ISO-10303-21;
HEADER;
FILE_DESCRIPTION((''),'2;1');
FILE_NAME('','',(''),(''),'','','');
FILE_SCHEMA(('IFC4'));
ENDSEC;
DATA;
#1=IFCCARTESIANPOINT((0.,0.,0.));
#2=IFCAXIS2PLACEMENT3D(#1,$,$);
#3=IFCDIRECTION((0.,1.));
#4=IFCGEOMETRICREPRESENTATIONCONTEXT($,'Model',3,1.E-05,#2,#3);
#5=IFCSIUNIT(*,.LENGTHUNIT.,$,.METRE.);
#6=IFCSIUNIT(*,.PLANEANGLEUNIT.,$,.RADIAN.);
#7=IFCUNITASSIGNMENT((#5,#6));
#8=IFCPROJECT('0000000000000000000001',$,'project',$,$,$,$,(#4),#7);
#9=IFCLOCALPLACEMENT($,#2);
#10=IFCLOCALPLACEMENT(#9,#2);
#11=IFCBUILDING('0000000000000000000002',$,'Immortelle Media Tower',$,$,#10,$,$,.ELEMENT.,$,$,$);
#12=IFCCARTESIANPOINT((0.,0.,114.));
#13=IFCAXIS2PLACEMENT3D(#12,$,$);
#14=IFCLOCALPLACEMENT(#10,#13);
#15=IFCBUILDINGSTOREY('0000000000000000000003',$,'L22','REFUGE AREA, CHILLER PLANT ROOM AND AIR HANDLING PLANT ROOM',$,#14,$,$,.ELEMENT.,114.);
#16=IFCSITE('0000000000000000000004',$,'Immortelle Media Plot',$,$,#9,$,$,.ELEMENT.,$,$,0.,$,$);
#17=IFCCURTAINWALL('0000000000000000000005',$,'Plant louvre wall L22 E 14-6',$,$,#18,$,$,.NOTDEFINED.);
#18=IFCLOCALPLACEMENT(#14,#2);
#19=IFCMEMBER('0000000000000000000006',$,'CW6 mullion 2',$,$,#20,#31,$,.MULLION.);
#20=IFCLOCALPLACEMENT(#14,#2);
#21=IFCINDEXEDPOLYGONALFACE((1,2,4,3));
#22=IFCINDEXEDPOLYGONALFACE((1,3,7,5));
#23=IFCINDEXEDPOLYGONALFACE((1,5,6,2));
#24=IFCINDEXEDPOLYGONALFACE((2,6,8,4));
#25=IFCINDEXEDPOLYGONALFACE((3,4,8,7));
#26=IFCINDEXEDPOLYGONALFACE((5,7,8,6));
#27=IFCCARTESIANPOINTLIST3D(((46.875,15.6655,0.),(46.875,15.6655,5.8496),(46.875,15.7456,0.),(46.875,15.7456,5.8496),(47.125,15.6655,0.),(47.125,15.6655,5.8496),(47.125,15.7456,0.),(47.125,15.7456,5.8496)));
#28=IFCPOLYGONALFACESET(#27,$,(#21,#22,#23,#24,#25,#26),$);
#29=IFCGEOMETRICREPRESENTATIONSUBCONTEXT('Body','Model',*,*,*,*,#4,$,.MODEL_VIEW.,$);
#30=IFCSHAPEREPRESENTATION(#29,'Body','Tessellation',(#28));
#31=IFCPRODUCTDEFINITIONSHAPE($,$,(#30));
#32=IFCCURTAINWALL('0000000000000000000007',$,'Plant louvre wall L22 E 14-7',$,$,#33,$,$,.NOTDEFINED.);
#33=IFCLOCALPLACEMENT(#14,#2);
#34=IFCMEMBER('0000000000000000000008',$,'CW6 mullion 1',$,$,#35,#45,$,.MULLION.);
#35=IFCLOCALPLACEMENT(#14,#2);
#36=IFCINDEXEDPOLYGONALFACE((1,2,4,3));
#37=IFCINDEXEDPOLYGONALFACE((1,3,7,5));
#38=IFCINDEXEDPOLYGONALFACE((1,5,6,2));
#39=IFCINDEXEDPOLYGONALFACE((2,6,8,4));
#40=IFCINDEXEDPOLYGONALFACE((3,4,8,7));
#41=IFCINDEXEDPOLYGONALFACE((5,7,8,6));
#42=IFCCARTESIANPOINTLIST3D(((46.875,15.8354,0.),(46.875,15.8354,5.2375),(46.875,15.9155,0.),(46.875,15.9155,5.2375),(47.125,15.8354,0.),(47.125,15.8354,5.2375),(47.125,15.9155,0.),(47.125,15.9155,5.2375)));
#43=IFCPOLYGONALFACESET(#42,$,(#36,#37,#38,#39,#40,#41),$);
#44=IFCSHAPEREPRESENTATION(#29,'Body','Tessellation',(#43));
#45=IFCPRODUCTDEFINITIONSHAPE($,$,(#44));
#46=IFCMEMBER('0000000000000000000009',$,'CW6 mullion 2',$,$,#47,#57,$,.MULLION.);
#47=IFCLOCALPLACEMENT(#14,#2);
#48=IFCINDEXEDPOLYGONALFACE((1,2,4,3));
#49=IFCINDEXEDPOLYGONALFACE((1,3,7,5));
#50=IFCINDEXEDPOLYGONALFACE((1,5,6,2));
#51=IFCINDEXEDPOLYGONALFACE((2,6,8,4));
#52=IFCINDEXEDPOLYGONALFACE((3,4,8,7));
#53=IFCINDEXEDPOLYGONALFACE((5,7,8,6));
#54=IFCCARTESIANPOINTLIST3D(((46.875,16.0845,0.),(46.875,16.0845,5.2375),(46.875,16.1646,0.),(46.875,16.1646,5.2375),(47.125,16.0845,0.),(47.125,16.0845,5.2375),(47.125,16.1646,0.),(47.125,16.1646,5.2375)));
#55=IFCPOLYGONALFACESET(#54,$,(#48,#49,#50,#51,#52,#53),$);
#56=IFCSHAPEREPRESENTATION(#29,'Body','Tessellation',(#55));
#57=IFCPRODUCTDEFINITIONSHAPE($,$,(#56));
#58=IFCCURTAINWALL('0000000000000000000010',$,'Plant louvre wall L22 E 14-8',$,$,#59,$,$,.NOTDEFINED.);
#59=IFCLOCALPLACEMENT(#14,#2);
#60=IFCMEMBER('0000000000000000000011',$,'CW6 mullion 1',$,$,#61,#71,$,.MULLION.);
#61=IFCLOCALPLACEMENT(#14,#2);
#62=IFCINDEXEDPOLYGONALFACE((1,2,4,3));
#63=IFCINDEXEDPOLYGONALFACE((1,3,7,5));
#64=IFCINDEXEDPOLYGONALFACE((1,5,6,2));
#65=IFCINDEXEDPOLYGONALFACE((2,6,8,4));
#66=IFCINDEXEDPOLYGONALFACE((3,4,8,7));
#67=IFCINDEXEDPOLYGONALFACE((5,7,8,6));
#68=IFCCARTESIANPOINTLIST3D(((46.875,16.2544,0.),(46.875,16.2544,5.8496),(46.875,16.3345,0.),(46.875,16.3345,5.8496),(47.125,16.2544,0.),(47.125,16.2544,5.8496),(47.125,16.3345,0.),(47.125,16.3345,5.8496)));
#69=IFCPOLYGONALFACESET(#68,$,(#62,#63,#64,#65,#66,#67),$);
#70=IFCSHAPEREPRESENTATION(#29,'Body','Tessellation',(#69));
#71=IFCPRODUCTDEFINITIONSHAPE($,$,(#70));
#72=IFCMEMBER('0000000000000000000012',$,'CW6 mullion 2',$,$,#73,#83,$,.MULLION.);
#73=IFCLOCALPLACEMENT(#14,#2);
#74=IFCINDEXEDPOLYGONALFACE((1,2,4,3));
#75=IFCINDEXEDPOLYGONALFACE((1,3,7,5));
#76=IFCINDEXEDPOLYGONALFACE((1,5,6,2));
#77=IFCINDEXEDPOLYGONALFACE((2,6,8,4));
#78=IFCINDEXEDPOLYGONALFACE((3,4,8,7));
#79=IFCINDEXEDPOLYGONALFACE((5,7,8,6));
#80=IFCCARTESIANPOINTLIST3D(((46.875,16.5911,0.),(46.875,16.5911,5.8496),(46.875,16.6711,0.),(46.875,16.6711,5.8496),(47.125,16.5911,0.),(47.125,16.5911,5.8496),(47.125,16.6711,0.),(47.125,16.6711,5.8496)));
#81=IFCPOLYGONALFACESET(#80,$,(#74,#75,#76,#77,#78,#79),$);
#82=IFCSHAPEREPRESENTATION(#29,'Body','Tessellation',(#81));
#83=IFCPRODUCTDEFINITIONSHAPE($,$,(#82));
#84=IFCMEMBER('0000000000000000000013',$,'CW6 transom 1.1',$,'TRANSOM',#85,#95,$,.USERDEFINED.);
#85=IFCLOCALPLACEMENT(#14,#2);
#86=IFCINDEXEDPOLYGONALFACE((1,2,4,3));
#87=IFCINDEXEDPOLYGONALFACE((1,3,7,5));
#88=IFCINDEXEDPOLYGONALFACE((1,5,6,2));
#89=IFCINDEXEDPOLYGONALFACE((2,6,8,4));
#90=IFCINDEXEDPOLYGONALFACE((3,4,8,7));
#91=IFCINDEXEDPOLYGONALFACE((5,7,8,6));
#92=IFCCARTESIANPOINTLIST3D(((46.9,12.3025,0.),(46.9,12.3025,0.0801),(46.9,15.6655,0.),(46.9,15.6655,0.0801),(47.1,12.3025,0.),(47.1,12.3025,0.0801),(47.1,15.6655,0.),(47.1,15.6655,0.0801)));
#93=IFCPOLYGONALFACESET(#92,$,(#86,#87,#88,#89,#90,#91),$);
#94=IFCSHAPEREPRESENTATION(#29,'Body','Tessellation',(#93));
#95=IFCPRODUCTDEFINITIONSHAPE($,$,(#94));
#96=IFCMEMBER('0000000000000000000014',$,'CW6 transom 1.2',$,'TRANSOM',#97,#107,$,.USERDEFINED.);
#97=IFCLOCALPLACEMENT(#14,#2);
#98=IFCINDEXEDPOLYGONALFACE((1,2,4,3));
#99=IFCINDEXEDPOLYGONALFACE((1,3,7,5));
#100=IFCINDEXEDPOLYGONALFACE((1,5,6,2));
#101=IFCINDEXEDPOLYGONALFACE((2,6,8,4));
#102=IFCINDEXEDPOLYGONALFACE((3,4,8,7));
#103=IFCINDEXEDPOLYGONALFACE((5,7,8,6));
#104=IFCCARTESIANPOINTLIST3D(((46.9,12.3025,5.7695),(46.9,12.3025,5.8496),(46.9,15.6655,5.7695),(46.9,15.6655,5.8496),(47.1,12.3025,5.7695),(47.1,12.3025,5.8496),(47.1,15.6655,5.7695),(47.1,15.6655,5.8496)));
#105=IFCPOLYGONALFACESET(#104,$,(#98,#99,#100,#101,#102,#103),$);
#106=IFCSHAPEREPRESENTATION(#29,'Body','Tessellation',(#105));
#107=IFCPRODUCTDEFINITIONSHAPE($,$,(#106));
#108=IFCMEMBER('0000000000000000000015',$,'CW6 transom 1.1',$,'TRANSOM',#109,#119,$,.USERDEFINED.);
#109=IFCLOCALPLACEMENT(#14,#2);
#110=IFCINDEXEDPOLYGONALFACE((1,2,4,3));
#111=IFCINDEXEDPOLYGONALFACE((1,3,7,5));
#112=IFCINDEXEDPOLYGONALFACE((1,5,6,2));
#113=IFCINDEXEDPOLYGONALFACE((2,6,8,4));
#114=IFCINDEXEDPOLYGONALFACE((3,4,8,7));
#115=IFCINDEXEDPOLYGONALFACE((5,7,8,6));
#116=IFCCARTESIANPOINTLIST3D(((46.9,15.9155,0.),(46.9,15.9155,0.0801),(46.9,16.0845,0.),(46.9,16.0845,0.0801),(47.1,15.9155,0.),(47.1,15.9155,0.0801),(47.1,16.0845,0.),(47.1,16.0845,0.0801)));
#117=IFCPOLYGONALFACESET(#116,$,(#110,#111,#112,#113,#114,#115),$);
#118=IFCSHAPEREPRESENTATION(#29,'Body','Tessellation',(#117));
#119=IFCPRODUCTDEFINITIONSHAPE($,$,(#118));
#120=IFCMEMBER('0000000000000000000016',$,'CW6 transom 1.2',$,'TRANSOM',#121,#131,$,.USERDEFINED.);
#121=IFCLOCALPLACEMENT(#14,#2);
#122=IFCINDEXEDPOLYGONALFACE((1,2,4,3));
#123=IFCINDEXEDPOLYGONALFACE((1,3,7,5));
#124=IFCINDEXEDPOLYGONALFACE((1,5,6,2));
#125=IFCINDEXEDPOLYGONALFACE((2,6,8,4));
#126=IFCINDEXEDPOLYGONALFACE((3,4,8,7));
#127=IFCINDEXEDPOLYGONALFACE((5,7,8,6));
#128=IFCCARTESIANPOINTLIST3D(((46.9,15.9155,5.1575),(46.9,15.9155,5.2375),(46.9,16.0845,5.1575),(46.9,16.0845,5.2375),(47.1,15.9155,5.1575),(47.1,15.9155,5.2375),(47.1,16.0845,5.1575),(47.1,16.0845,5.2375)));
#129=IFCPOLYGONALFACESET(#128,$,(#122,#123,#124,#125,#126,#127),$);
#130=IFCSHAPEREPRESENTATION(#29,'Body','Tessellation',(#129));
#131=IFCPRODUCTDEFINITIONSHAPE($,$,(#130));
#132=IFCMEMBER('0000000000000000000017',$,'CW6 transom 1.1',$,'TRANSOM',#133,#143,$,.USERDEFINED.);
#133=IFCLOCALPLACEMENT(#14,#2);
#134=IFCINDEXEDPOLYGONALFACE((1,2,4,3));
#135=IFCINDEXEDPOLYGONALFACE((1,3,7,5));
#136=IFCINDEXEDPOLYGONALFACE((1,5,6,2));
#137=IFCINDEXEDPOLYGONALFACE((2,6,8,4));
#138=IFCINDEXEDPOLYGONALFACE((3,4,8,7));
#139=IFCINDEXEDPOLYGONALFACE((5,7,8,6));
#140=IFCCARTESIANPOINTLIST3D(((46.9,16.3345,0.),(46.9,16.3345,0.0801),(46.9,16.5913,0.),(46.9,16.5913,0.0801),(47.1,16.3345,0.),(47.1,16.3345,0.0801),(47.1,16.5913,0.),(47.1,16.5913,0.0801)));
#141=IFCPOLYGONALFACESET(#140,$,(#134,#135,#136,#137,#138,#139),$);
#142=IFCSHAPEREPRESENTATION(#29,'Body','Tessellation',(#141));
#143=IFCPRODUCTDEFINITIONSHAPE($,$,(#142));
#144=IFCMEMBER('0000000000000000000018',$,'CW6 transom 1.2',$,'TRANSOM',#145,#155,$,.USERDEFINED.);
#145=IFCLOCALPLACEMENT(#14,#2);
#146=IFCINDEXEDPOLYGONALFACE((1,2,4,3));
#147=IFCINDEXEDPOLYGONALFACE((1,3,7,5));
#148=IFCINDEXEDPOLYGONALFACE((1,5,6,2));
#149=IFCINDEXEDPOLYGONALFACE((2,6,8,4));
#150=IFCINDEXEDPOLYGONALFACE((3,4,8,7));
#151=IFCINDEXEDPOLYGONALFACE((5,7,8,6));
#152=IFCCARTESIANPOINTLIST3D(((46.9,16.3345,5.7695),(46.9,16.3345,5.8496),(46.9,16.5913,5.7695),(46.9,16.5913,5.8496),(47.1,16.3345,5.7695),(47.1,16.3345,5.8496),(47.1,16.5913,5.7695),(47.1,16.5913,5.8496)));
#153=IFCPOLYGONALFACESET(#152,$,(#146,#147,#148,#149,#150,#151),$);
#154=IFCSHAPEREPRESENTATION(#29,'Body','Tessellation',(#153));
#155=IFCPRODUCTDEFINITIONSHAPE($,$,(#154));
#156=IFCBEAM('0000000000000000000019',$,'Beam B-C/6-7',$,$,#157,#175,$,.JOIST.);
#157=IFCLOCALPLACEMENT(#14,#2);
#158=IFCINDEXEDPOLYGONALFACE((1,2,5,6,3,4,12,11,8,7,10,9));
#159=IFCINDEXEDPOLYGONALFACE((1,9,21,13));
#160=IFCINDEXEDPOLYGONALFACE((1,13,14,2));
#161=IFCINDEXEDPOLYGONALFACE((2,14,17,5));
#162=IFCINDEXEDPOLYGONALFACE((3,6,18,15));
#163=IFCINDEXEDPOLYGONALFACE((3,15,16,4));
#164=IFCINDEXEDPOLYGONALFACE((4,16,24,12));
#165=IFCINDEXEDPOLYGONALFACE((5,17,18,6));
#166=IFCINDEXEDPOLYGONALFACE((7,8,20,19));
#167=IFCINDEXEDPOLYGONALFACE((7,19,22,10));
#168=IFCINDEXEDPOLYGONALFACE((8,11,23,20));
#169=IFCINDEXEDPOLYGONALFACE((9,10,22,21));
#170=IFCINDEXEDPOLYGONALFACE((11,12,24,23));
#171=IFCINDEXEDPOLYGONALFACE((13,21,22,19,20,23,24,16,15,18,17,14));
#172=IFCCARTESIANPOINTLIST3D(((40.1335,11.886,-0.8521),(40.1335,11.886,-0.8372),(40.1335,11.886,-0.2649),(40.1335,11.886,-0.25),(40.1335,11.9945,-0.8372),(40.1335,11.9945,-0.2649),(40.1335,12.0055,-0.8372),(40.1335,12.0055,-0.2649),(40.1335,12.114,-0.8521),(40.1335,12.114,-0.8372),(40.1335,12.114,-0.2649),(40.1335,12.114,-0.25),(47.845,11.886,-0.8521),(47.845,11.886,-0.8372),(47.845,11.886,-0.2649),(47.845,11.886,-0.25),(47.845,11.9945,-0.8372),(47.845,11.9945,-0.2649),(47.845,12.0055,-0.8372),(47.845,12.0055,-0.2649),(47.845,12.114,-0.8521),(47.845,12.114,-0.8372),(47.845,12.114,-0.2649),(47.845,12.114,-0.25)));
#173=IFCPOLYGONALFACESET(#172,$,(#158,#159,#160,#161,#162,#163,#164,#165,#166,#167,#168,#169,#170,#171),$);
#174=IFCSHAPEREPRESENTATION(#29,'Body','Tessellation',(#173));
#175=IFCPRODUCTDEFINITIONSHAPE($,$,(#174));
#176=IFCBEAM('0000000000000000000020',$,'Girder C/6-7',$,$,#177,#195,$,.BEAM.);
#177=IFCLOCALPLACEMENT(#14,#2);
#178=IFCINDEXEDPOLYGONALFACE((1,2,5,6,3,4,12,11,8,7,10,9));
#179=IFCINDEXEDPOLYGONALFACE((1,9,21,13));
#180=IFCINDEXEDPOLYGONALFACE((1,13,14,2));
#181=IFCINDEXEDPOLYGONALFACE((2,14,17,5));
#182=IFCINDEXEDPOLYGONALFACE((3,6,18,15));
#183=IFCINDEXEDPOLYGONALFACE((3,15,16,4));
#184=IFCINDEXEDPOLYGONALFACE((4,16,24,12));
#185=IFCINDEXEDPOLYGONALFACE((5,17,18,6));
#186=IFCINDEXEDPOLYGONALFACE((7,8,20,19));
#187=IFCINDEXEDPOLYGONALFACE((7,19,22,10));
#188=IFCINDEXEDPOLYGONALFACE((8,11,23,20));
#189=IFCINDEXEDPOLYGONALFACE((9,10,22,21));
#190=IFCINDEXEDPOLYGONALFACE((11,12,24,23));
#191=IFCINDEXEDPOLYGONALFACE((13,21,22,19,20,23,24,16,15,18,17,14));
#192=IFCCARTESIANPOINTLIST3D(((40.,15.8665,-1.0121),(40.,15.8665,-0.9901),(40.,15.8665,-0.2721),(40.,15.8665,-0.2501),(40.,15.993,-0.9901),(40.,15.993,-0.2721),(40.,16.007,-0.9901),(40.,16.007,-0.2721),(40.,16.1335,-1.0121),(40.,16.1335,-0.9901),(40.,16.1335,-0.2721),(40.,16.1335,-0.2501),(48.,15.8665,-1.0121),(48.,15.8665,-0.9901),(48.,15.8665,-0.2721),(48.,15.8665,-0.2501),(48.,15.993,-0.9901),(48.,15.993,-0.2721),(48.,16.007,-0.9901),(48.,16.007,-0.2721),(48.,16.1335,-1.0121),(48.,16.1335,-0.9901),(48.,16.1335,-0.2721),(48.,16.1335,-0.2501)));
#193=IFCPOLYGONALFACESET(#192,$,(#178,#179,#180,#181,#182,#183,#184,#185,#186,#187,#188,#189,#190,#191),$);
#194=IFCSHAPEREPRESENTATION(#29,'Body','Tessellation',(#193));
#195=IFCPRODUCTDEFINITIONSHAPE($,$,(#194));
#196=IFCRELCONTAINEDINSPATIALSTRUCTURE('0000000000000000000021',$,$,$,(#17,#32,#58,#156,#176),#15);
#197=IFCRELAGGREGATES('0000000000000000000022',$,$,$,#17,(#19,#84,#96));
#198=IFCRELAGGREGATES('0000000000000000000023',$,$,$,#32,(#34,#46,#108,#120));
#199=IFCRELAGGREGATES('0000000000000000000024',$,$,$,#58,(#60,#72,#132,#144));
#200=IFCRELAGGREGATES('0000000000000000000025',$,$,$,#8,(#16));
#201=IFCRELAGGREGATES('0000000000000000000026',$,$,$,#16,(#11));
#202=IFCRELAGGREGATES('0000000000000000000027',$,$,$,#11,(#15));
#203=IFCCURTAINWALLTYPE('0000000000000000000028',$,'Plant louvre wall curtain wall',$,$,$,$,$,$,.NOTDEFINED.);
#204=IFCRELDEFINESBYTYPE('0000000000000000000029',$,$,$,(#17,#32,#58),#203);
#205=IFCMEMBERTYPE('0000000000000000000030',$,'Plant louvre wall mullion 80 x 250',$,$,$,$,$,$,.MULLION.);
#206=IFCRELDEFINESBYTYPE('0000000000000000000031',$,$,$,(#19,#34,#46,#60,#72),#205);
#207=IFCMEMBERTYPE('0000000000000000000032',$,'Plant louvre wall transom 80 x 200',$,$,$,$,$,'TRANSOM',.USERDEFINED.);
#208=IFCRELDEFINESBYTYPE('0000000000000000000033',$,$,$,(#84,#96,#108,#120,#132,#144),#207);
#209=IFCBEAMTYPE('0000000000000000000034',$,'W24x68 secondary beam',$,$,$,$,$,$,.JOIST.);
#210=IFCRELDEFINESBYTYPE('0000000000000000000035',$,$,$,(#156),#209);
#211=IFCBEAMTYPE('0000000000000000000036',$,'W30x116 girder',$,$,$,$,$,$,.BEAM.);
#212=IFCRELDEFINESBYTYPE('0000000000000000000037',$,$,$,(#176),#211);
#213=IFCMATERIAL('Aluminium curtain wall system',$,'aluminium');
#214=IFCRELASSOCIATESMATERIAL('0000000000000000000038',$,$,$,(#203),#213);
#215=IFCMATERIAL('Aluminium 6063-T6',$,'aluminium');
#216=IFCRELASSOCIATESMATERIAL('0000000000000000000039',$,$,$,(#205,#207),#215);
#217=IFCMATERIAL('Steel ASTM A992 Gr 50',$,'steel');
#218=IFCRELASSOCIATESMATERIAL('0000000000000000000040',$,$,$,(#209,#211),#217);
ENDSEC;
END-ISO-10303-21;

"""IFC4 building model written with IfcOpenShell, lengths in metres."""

from ifc_helpers import new_model, si_unit, direction, frame, origin, origin_2d, place, context, subcontext, project, spatial, rectangle, i_section, extrude, material, material_profile, profile_set, type_object, element, aggregate, save


model = new_model("IFC4")

# Units and contexts
model_context = context("Model", 3, precision=1e-05, world=origin(), true_north=direction((0.0, 1.0)))
body_context = subcontext(model_context, "Body", "Model", "MODEL_VIEW")
ifc_project = project(units=[si_unit("LENGTHUNIT", "METRE"), si_unit("PLANEANGLEUNIT", "RADIAN")], contexts=[model_context])

# Site, building, storey
site_placement = place(None, origin())
site = spatial("IfcSite", under=ifc_project, at=site_placement, Name="Immortelle Media Plot", CompositionType="ELEMENT", RefElevation=0.0)
building_placement = place(site_placement, origin())
building = spatial("IfcBuilding", under=site, at=building_placement, Name="Immortelle Media Tower", CompositionType="ELEMENT")
storey_placement = place(building_placement, frame((0.0, 0.0, 114.0)))
storey = spatial("IfcBuildingStorey", under=building, at=storey_placement, Name="L22", Description="REFUGE AREA, CHILLER PLANT ROOM AND AIR HANDLING PLANT ROOM", CompositionType="ELEMENT", Elevation=114.0)

# Shared definitions
ifc_material_1 = material(Name="Steel ASTM A992 Gr 50", Category="steel")

# Shared definitions
ifc_material_2 = material(Name="Aluminium curtain wall system", Category="aluminium")
curtain_wall_type = type_object("IfcCurtainWallType", Name="Plant louvre wall curtain wall", PredefinedType="NOTDEFINED", material=ifc_material_2)
ifc_material_3 = material(Name="Aluminium 6063-T6", Category="aluminium")
ifc_material_profile_1 = material_profile(ifc_material_3, rectangle(XDim=0.25, YDim=0.0801, at=origin_2d()), Name="AL 80x250")
ifc_profile_set_1 = profile_set([ifc_material_profile_1], Name="Aluminium 6063-T6")
member_type_1 = type_object("IfcMemberType", Name="Plant louvre wall mullion 80 x 250", PredefinedType="MULLION", material=ifc_profile_set_1)

# Curtain walls, members
curtain_wall_1_placement = place(storey_placement, origin())
curtain_wall_1 = element("IfcCurtainWall", 1, at=curtain_wall_1_placement, inside=storey, type_object=curtain_wall_type, Name="Plant louvre wall L22 E 14-6", PredefinedType="NOTDEFINED")
member_1_placement = place(storey_placement, frame((47.0, 15.7056, 0.0), z_axis=(0.0, 0.0, 1.0), x_axis=(-1.0, 0.0, 0.0)))
member_1 = element("IfcMember", 2, at=member_1_placement, type_object=member_type_1, Name="CW6 mullion 2", PredefinedType="MULLION", context=body_context, shape_type="SweptSolid", body=[
    extrude(rectangle(XDim=0.25, YDim=0.0801, at=origin_2d()), origin(), (0.0, 0.0, 1.0), 5.8496),
])
curtain_wall_2_placement = place(storey_placement, origin())
curtain_wall_2 = element("IfcCurtainWall", 3, at=curtain_wall_2_placement, inside=storey, type_object=curtain_wall_type, Name="Plant louvre wall L22 E 14-7", PredefinedType="NOTDEFINED")
member_2_placement = place(storey_placement, frame((47.0, 15.8755, 0.0), z_axis=(0.0, 0.0, 1.0), x_axis=(-1.0, 0.0, 0.0)))
member_2 = element("IfcMember", 4, at=member_2_placement, type_object=member_type_1, Name="CW6 mullion 1", PredefinedType="MULLION", context=body_context, shape_type="SweptSolid", body=[
    extrude(rectangle(XDim=0.25, YDim=0.0801, at=origin_2d()), origin(), (0.0, 0.0, 1.0), 5.2375),
])
member_3_placement = place(storey_placement, frame((47.0, 16.1245, 0.0), z_axis=(0.0, 0.0, 1.0), x_axis=(-1.0, 0.0, 0.0)))
member_3 = element("IfcMember", 5, at=member_3_placement, type_object=member_type_1, Name="CW6 mullion 2", PredefinedType="MULLION", context=body_context, shape_type="SweptSolid", body=[
    extrude(rectangle(XDim=0.25, YDim=0.0801, at=origin_2d()), origin(), (0.0, 0.0, 1.0), 5.2375),
])
curtain_wall_3_placement = place(storey_placement, origin())
curtain_wall_3 = element("IfcCurtainWall", 6, at=curtain_wall_3_placement, inside=storey, type_object=curtain_wall_type, Name="Plant louvre wall L22 E 14-8", PredefinedType="NOTDEFINED")
member_4_placement = place(storey_placement, frame((47.0, 16.2944, 0.0), z_axis=(0.0, 0.0, 1.0), x_axis=(-1.0, 0.0, 0.0)))
member_4 = element("IfcMember", 7, at=member_4_placement, type_object=member_type_1, Name="CW6 mullion 1", PredefinedType="MULLION", context=body_context, shape_type="SweptSolid", body=[
    extrude(rectangle(XDim=0.25, YDim=0.0801, at=origin_2d()), origin(), (0.0, 0.0, 1.0), 5.8496),
])
member_5_placement = place(storey_placement, frame((47.0, 16.6311, 0.0), z_axis=(0.0, 0.0, 1.0), x_axis=(-1.0, 0.0, 0.0)))
member_5 = element("IfcMember", 8, at=member_5_placement, type_object=member_type_1, Name="CW6 mullion 2", PredefinedType="MULLION", context=body_context, shape_type="SweptSolid", body=[
    extrude(rectangle(XDim=0.25, YDim=0.0801, at=origin_2d()), origin(), (0.0, 0.0, 1.0), 5.8496),
])

# Members
ifc_material_profile_2 = material_profile(ifc_material_3, rectangle(XDim=0.2, YDim=0.0801, at=origin_2d()), Name="AL 80x200")
ifc_profile_set_2 = profile_set([ifc_material_profile_2], Name="Aluminium 6063-T6")
member_type_2 = type_object("IfcMemberType", Name="Plant louvre wall transom 80 x 200", ElementType="TRANSOM", PredefinedType="USERDEFINED", material=ifc_profile_set_2)
member_6_placement = place(storey_placement, frame((47.0, 12.3025, 0.04), z_axis=(0.0, 1.0, 0.0), x_axis=(-1.0, 0.0, 0.0)))
member_6 = element("IfcMember", 9, at=member_6_placement, type_object=member_type_2, Name="CW6 transom 1.1", ObjectType="TRANSOM", PredefinedType="USERDEFINED", context=body_context, shape_type="SweptSolid", body=[
    extrude(rectangle(XDim=0.2, YDim=0.0801, at=origin_2d()), origin(), (0.0, 0.0, 1.0), 3.363),
])
member_7_placement = place(storey_placement, frame((47.0, 12.3025, 5.8096), z_axis=(0.0, 1.0, 0.0), x_axis=(-1.0, 0.0, 0.0)))
member_7 = element("IfcMember", 10, at=member_7_placement, type_object=member_type_2, Name="CW6 transom 1.2", ObjectType="TRANSOM", PredefinedType="USERDEFINED", context=body_context, shape_type="SweptSolid", body=[
    extrude(rectangle(XDim=0.2, YDim=0.0801, at=origin_2d()), origin(), (0.0, 0.0, 1.0), 3.363),
])
member_8_placement = place(storey_placement, frame((47.0, 15.9155, 0.04), z_axis=(0.0, 1.0, 0.0), x_axis=(-1.0, 0.0, 0.0)))
member_8 = element("IfcMember", 11, at=member_8_placement, type_object=member_type_2, Name="CW6 transom 1.1", ObjectType="TRANSOM", PredefinedType="USERDEFINED", context=body_context, shape_type="SweptSolid", body=[
    extrude(rectangle(XDim=0.2, YDim=0.0801, at=origin_2d()), origin(), (0.0, 0.0, 1.0), 0.1689),
])
member_9_placement = place(storey_placement, frame((47.0, 15.9155, 5.1975), z_axis=(0.0, 1.0, 0.0), x_axis=(-1.0, 0.0, 0.0)))
member_9 = element("IfcMember", 12, at=member_9_placement, type_object=member_type_2, Name="CW6 transom 1.2", ObjectType="TRANSOM", PredefinedType="USERDEFINED", context=body_context, shape_type="SweptSolid", body=[
    extrude(rectangle(XDim=0.2, YDim=0.0801, at=origin_2d()), origin(), (0.0, 0.0, 1.0), 0.1689),
])
member_10_placement = place(storey_placement, frame((47.0, 16.3345, 0.04), z_axis=(0.0, 1.0, 0.0), x_axis=(-1.0, 0.0, 0.0)))
member_10 = element("IfcMember", 13, at=member_10_placement, type_object=member_type_2, Name="CW6 transom 1.1", ObjectType="TRANSOM", PredefinedType="USERDEFINED", context=body_context, shape_type="SweptSolid", body=[
    extrude(rectangle(XDim=0.2, YDim=0.0801, at=origin_2d()), origin(), (0.0, 0.0, 1.0), 0.2568),
])
member_11_placement = place(storey_placement, frame((47.0, 16.3345, 5.8096), z_axis=(0.0, 1.0, 0.0), x_axis=(-1.0, 0.0, 0.0)))
member_11 = element("IfcMember", 14, at=member_11_placement, type_object=member_type_2, Name="CW6 transom 1.2", ObjectType="TRANSOM", PredefinedType="USERDEFINED", context=body_context, shape_type="SweptSolid", body=[
    extrude(rectangle(XDim=0.2, YDim=0.0801, at=origin_2d()), origin(), (0.0, 0.0, 1.0), 0.2568),
])

# Beams
ifc_material_profile_3 = material_profile(ifc_material_1, i_section(OverallWidth=0.228, OverallDepth=0.6021, WebThickness=0.011, FlangeThickness=0.0149, at=origin_2d()), Name="W24x68")
ifc_profile_set_3 = profile_set([ifc_material_profile_3], Name="Steel ASTM A992 Gr 50")
beam_type_1 = type_object("IfcBeamType", Name="W24x68 secondary beam", PredefinedType="JOIST", material=ifc_profile_set_3)
beam_1_placement = place(storey_placement, frame((40.1335, 12.0, -0.551), z_axis=(1.0, 0.0, 0.0), x_axis=(0.0, 1.0, 0.0)))
element("IfcBeam", 15, at=beam_1_placement, inside=storey, type_object=beam_type_1, Name="Beam B-C/6-7", PredefinedType="JOIST", context=body_context, shape_type="SweptSolid", body=[
    extrude(i_section(OverallWidth=0.228, OverallDepth=0.6021, WebThickness=0.011, FlangeThickness=0.0149, at=origin_2d()), origin(), (0.0, 0.0, 1.0), 7.7114),
])
ifc_material_profile_4 = material_profile(ifc_material_1, i_section(OverallWidth=0.2671, OverallDepth=0.762, WebThickness=0.0139, FlangeThickness=0.022, at=origin_2d()), Name="W30x116")
ifc_profile_set_4 = profile_set([ifc_material_profile_4], Name="Steel ASTM A992 Gr 50")
beam_type_2 = type_object("IfcBeamType", Name="W30x116 girder", PredefinedType="BEAM", material=ifc_profile_set_4)
for number, where, z_axis, x_axis, name in (
    (16, (40.0, 16.0, -0.6311), (1.0, 0.0, 0.0), (0.0, 1.0, 0.0), "Girder C/6-7"),
):
    element("IfcBeam", number, at=place(storey_placement, frame(where, z_axis=z_axis, x_axis=x_axis)), inside=storey, type_object=beam_type_2, Name=name, PredefinedType="BEAM", context=body_context, shape_type="SweptSolid", body=[
        extrude(i_section(OverallWidth=0.2671, OverallDepth=0.762, WebThickness=0.0139, FlangeThickness=0.022, at=origin_2d()), origin(), (0.0, 0.0, 1.0), 8.0),
    ])

aggregate(curtain_wall_1, [member_1, member_6, member_7])
aggregate(curtain_wall_2, [member_2, member_3, member_8, member_9])
aggregate(curtain_wall_3, [member_4, member_5, member_10, member_11])

save(model, "model.ifc")
